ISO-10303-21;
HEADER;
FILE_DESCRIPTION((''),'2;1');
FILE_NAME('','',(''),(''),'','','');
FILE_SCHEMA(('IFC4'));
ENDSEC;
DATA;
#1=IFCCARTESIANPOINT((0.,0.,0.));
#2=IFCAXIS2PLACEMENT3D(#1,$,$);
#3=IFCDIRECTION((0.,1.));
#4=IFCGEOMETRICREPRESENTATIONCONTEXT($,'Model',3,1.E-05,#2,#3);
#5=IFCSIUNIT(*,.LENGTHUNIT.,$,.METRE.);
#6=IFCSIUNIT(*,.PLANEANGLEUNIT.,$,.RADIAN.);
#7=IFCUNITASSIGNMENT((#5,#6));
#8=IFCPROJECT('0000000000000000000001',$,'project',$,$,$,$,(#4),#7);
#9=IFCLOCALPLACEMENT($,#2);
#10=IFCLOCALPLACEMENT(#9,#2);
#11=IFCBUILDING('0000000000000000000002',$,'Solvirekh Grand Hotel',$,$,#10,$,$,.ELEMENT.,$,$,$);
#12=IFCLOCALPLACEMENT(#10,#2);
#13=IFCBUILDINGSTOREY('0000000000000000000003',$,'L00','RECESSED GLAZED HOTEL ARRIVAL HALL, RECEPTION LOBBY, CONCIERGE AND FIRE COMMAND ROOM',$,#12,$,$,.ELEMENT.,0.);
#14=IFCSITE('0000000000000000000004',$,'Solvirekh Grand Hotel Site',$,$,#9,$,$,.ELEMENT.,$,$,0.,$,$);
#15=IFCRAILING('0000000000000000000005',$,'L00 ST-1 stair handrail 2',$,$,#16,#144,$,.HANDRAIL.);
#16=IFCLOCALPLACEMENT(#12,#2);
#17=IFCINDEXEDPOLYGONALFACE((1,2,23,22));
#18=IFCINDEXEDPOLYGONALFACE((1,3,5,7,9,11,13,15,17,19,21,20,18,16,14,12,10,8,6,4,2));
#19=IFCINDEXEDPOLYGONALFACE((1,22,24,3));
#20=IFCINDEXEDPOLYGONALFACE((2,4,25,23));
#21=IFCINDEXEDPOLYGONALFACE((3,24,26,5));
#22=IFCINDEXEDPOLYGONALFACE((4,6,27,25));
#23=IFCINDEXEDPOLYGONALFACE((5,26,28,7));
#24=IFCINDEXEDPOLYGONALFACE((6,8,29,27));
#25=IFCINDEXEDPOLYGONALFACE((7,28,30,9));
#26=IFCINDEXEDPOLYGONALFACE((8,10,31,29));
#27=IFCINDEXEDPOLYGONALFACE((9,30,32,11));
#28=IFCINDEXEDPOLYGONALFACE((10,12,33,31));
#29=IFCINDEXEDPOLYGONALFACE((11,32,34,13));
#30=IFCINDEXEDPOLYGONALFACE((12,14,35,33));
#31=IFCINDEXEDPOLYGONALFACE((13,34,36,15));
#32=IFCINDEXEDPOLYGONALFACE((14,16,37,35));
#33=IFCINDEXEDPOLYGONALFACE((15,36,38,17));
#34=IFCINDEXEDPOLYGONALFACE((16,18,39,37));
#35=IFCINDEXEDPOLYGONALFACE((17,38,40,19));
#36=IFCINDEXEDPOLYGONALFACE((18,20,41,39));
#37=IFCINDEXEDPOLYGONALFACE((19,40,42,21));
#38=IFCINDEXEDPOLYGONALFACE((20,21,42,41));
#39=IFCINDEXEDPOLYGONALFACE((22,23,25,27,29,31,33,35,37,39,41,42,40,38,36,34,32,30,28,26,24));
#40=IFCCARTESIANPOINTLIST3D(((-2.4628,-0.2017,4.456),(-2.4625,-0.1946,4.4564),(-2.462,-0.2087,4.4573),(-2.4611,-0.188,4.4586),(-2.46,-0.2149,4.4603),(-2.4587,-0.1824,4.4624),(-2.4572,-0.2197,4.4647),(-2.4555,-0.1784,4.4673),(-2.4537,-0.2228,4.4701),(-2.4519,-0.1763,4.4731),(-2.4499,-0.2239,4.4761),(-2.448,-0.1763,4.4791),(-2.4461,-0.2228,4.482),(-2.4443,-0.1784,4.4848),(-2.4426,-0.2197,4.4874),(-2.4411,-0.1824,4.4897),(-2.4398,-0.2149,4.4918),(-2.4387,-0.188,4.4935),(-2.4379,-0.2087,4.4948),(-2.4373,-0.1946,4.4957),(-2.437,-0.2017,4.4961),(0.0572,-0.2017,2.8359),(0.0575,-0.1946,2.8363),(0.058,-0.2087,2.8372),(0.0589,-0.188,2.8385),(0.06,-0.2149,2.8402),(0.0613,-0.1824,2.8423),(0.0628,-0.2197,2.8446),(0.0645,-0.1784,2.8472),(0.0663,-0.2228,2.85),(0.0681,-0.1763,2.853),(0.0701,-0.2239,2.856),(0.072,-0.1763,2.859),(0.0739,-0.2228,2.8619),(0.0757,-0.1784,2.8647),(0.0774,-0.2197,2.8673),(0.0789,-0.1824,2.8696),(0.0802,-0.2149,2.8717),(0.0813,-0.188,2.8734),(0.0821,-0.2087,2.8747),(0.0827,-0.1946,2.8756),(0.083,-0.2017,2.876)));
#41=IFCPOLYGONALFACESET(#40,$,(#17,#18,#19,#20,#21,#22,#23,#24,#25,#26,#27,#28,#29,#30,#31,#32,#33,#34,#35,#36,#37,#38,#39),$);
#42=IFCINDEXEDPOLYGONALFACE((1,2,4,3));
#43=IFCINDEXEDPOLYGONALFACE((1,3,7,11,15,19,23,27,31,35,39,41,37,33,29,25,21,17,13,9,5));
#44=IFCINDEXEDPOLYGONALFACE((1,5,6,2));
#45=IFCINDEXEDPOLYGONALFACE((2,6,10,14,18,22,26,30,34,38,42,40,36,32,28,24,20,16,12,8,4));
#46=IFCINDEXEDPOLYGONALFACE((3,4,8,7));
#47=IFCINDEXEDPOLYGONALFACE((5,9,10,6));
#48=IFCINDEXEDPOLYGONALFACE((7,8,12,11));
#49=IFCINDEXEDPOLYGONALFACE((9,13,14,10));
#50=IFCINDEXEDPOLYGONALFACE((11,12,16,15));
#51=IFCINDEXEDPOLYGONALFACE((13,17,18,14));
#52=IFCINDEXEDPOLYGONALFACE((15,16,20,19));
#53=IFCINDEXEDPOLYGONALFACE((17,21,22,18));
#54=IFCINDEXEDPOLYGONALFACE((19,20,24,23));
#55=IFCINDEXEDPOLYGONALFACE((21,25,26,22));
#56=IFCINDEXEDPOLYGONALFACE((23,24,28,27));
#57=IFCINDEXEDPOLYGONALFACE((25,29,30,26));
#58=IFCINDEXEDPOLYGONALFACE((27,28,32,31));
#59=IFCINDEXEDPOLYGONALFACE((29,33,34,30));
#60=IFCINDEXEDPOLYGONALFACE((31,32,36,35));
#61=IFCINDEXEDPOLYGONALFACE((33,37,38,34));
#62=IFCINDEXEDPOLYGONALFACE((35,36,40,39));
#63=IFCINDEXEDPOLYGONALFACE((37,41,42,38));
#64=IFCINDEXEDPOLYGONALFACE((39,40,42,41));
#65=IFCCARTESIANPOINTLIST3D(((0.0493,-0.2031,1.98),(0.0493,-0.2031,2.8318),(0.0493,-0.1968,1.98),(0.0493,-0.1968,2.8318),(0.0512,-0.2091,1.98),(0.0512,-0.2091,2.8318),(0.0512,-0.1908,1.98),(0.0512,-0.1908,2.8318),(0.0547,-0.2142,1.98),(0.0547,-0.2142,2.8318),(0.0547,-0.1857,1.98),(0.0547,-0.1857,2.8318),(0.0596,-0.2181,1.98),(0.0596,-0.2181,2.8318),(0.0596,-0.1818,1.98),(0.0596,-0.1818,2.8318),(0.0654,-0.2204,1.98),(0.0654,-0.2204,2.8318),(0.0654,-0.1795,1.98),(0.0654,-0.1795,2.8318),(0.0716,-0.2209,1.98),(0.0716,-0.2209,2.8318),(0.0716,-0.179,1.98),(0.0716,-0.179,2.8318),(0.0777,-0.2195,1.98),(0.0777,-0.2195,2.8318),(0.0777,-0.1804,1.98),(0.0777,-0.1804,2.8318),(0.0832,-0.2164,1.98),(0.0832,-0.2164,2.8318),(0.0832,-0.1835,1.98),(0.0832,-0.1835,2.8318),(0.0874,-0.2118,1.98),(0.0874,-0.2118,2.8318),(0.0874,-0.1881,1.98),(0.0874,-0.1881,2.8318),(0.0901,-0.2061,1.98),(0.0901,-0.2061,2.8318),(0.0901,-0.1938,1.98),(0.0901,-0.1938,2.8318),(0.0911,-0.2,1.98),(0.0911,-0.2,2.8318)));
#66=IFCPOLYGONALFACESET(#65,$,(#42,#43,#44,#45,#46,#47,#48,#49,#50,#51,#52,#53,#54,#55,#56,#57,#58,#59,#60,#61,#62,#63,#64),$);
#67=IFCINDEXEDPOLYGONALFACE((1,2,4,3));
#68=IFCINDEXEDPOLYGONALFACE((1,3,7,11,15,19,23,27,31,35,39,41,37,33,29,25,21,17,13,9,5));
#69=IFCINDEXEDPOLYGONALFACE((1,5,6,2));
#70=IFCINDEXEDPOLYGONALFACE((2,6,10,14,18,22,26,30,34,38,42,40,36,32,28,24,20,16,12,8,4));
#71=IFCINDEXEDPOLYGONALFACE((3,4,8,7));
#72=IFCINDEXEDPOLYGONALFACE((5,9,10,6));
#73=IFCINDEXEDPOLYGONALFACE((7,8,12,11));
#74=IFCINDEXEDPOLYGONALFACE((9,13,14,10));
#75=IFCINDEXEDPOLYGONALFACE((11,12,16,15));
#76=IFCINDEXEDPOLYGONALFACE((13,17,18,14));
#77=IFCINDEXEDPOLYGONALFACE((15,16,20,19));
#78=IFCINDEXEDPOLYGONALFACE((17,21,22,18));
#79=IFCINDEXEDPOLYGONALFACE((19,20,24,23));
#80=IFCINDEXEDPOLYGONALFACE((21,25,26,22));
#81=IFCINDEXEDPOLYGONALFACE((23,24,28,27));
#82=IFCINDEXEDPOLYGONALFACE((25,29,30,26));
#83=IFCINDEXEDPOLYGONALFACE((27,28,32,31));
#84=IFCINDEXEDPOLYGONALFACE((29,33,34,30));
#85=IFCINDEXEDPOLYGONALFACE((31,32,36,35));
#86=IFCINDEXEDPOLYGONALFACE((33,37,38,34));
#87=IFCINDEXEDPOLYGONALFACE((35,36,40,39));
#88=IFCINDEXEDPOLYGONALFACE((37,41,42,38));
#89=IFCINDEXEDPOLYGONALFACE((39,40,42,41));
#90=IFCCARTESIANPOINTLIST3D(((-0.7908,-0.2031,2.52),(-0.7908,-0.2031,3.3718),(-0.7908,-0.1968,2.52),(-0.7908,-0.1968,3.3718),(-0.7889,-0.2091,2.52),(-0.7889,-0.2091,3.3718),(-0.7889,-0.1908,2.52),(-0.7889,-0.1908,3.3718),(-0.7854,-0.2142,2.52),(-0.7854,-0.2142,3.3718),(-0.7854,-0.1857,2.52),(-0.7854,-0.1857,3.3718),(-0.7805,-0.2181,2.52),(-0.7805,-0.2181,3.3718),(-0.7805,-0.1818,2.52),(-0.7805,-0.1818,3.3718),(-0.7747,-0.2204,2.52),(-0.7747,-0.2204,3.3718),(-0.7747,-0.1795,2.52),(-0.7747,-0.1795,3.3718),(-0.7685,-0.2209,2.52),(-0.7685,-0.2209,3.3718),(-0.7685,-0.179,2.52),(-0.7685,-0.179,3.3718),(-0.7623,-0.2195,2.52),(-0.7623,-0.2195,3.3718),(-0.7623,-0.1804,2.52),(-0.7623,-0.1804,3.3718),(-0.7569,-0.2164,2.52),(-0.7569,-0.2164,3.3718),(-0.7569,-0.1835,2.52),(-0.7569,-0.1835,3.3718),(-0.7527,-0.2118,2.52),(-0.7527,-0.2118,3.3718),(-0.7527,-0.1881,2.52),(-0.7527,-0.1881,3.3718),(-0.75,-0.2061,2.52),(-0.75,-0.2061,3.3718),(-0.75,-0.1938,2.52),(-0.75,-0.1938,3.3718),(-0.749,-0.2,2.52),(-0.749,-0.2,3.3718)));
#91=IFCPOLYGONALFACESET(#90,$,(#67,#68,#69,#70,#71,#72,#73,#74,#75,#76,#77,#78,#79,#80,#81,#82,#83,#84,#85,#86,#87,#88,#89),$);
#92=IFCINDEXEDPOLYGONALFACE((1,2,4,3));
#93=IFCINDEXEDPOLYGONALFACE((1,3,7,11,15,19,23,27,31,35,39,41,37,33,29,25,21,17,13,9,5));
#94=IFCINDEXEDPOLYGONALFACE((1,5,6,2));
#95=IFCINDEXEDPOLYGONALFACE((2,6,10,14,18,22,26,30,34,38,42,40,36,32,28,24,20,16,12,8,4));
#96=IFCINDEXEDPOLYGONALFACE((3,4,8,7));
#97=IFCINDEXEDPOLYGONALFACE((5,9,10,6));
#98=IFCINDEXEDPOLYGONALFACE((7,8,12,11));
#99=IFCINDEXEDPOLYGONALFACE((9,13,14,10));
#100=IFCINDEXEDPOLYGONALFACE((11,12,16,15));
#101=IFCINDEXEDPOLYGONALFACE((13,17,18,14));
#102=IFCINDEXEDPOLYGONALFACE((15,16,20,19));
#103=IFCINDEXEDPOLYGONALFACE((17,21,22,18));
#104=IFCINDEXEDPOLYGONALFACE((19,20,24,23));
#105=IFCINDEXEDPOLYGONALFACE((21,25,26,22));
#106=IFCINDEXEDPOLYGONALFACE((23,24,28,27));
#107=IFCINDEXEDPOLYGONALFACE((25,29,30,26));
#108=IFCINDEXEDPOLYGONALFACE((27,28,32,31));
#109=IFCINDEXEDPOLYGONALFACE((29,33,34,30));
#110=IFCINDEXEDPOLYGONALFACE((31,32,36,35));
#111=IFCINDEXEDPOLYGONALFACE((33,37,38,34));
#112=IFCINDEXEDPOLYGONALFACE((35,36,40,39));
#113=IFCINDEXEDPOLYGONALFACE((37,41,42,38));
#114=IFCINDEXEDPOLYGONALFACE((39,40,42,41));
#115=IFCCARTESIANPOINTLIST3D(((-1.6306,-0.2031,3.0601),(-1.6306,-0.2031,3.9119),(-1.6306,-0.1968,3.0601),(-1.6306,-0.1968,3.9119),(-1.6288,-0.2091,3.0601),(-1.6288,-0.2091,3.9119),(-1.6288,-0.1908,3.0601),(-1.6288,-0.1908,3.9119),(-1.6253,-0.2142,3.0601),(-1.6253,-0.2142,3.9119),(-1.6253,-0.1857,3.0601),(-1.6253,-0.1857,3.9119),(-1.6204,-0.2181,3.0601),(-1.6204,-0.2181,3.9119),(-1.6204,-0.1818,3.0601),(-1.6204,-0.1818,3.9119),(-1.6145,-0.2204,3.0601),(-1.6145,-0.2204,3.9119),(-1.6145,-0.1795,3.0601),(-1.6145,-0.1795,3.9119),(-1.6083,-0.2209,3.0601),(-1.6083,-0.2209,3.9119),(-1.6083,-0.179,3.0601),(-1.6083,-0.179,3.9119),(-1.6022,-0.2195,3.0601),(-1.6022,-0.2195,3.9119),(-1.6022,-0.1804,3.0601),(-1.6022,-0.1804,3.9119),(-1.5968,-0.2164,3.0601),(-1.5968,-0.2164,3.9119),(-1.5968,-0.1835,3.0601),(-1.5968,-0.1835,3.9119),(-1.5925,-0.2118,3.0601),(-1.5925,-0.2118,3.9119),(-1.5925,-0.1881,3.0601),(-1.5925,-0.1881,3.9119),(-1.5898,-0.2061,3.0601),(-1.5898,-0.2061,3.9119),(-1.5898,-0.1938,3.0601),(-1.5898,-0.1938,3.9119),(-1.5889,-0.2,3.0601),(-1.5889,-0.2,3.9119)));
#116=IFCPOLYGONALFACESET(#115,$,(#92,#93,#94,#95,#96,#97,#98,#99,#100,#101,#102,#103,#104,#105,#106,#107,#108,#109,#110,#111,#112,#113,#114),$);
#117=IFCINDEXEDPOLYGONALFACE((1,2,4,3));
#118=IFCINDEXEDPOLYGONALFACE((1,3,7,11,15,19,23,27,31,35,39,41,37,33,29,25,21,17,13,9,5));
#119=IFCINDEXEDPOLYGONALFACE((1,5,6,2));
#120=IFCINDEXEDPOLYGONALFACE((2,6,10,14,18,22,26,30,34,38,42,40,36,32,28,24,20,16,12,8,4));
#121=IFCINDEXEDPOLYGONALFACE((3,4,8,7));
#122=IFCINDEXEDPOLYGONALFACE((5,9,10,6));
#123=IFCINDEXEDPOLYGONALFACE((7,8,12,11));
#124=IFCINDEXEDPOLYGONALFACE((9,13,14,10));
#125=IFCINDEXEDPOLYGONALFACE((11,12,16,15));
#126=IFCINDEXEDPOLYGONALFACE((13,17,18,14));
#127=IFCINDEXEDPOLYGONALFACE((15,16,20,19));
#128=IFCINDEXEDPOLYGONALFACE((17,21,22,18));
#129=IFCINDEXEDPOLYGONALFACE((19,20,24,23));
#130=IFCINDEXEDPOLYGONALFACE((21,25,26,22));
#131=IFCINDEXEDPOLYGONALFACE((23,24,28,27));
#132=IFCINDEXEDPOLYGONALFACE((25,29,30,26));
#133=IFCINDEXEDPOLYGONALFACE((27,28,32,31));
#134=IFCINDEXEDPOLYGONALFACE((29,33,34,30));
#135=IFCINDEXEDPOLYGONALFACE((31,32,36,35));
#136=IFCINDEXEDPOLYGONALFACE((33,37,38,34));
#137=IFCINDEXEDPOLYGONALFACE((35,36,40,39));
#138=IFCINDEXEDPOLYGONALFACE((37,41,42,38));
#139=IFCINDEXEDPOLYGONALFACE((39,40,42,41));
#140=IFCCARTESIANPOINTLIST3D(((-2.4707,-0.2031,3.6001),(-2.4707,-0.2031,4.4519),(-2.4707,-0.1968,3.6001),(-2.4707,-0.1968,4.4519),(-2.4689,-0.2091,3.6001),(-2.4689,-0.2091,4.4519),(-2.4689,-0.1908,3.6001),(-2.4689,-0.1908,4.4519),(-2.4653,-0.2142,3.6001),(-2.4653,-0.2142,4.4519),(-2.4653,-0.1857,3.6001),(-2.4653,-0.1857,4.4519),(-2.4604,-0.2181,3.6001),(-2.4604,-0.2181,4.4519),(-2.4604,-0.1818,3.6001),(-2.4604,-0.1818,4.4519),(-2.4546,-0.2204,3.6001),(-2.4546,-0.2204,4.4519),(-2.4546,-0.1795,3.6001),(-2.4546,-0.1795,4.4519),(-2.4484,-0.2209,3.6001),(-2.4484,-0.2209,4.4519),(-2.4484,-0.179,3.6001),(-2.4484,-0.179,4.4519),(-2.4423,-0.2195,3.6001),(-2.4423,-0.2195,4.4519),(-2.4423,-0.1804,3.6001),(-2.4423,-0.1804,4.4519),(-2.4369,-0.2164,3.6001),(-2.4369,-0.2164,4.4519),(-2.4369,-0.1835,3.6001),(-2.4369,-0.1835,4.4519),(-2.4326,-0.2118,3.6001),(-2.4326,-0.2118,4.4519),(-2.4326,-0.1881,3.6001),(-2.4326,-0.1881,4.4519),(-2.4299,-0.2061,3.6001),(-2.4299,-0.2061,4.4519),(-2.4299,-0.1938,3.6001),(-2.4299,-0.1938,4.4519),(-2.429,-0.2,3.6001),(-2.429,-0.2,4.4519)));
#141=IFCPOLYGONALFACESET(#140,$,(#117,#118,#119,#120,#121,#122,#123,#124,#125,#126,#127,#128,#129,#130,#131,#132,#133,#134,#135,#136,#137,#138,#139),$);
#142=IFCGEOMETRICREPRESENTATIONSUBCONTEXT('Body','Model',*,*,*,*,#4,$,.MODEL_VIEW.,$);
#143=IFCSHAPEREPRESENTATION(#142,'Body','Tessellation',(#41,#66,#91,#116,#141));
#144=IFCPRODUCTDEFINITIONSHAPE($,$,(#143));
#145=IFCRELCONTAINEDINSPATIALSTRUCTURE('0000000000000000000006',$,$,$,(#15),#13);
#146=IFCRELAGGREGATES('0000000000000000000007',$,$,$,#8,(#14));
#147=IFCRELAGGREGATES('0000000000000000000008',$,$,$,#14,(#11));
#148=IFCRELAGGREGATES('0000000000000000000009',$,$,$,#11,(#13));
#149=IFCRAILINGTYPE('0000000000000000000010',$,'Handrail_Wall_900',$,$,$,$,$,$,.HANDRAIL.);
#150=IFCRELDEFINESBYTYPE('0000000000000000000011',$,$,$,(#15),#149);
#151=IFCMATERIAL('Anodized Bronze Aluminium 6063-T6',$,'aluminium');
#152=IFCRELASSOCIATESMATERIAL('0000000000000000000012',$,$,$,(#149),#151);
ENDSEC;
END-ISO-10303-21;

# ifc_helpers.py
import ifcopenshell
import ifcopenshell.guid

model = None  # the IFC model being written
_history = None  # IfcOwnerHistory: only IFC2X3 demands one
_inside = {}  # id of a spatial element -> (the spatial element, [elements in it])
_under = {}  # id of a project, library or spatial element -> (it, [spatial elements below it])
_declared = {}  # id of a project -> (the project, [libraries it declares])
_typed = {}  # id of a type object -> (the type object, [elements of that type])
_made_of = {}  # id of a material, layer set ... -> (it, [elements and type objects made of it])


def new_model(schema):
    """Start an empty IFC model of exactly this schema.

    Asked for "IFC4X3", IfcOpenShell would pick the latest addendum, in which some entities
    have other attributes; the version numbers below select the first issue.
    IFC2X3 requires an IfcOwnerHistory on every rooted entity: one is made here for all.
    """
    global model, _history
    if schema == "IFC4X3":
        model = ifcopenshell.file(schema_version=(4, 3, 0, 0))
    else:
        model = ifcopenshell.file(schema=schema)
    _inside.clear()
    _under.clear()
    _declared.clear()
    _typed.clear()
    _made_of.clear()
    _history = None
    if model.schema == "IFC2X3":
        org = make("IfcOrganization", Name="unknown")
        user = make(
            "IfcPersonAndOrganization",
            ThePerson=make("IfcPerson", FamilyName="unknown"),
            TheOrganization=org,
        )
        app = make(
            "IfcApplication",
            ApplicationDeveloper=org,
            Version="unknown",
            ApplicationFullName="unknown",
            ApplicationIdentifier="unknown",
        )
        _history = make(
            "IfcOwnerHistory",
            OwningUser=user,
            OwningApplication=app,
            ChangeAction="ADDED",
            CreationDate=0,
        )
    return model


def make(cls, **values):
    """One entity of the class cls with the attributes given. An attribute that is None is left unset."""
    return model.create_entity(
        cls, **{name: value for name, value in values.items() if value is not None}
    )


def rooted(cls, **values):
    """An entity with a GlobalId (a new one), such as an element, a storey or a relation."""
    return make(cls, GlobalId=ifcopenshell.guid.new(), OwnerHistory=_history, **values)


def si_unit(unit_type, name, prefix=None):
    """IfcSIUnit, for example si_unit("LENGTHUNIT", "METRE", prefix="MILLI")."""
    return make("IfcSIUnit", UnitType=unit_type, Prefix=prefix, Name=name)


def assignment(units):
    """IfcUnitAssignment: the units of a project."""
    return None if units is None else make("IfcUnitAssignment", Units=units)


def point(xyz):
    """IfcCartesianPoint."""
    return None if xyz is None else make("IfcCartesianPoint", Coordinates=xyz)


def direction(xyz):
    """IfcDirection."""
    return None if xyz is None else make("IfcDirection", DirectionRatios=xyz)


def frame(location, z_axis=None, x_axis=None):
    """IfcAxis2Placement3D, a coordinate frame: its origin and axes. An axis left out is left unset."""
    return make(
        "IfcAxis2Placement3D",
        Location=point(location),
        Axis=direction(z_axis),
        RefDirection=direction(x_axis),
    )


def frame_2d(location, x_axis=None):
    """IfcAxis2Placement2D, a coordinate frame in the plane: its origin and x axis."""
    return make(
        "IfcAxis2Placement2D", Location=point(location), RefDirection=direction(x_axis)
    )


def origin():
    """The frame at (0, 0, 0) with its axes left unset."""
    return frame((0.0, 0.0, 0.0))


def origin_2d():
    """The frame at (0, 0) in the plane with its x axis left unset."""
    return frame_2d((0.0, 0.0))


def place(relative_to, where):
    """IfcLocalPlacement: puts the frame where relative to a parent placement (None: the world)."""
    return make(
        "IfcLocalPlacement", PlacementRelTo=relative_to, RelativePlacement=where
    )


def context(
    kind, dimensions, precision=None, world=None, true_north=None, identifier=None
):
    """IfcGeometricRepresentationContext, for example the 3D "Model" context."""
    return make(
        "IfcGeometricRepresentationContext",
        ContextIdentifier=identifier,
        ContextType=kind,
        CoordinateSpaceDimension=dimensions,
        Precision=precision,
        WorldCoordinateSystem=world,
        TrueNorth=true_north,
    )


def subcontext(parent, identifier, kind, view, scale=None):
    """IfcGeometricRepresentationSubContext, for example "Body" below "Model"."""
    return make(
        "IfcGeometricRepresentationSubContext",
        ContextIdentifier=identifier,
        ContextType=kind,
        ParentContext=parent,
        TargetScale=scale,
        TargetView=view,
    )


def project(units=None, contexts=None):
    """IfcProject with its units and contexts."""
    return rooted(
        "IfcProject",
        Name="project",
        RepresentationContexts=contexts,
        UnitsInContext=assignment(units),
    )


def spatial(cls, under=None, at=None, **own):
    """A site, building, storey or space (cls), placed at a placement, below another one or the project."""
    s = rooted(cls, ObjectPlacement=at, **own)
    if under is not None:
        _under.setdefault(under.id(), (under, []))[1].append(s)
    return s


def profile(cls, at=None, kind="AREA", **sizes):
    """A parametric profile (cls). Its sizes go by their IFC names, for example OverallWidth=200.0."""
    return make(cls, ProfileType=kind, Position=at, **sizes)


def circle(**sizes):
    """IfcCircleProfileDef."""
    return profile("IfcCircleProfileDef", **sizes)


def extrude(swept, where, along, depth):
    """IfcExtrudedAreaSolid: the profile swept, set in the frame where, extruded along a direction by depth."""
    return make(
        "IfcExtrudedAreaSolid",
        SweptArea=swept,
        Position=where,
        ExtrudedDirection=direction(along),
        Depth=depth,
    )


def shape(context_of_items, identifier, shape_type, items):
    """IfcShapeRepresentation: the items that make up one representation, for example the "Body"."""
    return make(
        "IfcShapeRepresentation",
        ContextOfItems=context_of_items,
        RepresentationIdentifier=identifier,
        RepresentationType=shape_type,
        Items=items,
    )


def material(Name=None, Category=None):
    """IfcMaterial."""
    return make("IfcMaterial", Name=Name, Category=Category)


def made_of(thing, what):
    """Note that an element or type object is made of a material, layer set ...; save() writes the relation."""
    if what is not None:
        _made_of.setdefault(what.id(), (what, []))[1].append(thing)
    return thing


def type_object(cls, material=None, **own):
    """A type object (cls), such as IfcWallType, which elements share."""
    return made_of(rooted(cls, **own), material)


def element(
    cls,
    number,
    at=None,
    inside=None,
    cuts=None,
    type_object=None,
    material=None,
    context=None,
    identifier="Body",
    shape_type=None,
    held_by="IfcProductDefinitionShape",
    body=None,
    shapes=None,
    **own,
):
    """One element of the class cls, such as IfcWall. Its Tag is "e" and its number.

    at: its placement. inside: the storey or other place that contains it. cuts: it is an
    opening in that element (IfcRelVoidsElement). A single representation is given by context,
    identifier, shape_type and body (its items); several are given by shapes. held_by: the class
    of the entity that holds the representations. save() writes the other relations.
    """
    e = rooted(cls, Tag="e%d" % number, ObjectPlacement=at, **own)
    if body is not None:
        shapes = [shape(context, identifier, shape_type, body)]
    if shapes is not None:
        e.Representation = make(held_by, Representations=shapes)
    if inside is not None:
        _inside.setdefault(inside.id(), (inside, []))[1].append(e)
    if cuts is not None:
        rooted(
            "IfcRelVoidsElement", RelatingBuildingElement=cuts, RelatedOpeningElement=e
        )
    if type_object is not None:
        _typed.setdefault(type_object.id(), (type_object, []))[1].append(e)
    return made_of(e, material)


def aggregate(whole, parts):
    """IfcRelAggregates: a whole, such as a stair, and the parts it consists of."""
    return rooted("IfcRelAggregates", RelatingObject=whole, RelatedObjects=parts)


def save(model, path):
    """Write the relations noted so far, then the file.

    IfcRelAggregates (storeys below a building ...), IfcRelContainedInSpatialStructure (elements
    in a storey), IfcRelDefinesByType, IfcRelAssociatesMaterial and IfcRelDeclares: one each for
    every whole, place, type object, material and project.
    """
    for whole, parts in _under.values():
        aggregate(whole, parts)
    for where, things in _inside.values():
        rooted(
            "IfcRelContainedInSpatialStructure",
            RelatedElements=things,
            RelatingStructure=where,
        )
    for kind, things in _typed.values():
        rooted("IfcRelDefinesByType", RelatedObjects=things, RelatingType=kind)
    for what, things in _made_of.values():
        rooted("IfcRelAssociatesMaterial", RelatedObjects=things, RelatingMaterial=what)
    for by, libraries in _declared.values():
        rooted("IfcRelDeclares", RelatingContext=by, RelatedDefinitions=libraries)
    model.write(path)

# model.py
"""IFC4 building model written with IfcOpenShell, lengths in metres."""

from ifc_helpers import new_model, si_unit, direction, frame, origin, origin_2d, place, context, subcontext, project, spatial, circle, extrude, material, type_object, element, save


model = new_model("IFC4")

# Units and contexts
model_context = context("Model", 3, precision=1e-05, world=origin(), true_north=direction((0.0, 1.0)))
body_context = subcontext(model_context, "Body", "Model", "MODEL_VIEW")
ifc_project = project(units=[si_unit("LENGTHUNIT", "METRE"), si_unit("PLANEANGLEUNIT", "RADIAN")], contexts=[model_context])

# Site, building, storey
site_placement = place(None, origin())
site = spatial("IfcSite", under=ifc_project, at=site_placement, Name="Solvirekh Grand Hotel Site", CompositionType="ELEMENT", RefElevation=0.0)
building_placement = place(site_placement, origin())
building = spatial("IfcBuilding", under=site, at=building_placement, Name="Solvirekh Grand Hotel", CompositionType="ELEMENT")
storey_placement = place(building_placement, origin())
storey = spatial("IfcBuildingStorey", under=building, at=storey_placement, Name="L00", Description="RECESSED GLAZED HOTEL ARRIVAL HALL, RECEPTION LOBBY, CONCIERGE AND FIRE COMMAND ROOM", CompositionType="ELEMENT", Elevation=0.0)

# Railing
ifc_material_1 = material(Name="Anodized Bronze Aluminium 6063-T6", Category="aluminium")
railing_type_1 = type_object("IfcRailingType", Name="Handrail_Wall_900", PredefinedType="HANDRAIL", material=ifc_material_1)
railing_1_placement = place(storey_placement, frame((0.0701, -0.2, 1.98)))
element("IfcRailing", 1, at=railing_1_placement, inside=storey, type_object=railing_type_1, Name="L00 ST-1 stair handrail 2", PredefinedType="HANDRAIL", context=body_context, shape_type="SweptSolid", body=[
    extrude(circle(Radius=0.0239, at=origin_2d()), frame((0.0, 0.0, 0.876), z_axis=(-0.841163, 0.0, 0.540782), x_axis=(0.0, -1.0, 0.0)), (0.0, 0.0, 1.0), 2.9958),
    extrude(circle(Radius=0.021, at=origin_2d()), origin(), (0.0, 0.0, 1.0), 0.8518),
    extrude(circle(Radius=0.021, at=origin_2d()), frame((-0.8401, 0.0, 0.54)), (0.0, 0.0, 1.0), 0.8518),
    extrude(circle(Radius=0.021, at=origin_2d()), frame((-1.6799, 0.0, 1.0801)), (0.0, 0.0, 1.0), 0.8518),
    extrude(circle(Radius=0.021, at=origin_2d()), frame((-2.52, 0.0, 1.6201)), (0.0, 0.0, 1.0), 0.8518),
])

save(model, "model.ifc")
